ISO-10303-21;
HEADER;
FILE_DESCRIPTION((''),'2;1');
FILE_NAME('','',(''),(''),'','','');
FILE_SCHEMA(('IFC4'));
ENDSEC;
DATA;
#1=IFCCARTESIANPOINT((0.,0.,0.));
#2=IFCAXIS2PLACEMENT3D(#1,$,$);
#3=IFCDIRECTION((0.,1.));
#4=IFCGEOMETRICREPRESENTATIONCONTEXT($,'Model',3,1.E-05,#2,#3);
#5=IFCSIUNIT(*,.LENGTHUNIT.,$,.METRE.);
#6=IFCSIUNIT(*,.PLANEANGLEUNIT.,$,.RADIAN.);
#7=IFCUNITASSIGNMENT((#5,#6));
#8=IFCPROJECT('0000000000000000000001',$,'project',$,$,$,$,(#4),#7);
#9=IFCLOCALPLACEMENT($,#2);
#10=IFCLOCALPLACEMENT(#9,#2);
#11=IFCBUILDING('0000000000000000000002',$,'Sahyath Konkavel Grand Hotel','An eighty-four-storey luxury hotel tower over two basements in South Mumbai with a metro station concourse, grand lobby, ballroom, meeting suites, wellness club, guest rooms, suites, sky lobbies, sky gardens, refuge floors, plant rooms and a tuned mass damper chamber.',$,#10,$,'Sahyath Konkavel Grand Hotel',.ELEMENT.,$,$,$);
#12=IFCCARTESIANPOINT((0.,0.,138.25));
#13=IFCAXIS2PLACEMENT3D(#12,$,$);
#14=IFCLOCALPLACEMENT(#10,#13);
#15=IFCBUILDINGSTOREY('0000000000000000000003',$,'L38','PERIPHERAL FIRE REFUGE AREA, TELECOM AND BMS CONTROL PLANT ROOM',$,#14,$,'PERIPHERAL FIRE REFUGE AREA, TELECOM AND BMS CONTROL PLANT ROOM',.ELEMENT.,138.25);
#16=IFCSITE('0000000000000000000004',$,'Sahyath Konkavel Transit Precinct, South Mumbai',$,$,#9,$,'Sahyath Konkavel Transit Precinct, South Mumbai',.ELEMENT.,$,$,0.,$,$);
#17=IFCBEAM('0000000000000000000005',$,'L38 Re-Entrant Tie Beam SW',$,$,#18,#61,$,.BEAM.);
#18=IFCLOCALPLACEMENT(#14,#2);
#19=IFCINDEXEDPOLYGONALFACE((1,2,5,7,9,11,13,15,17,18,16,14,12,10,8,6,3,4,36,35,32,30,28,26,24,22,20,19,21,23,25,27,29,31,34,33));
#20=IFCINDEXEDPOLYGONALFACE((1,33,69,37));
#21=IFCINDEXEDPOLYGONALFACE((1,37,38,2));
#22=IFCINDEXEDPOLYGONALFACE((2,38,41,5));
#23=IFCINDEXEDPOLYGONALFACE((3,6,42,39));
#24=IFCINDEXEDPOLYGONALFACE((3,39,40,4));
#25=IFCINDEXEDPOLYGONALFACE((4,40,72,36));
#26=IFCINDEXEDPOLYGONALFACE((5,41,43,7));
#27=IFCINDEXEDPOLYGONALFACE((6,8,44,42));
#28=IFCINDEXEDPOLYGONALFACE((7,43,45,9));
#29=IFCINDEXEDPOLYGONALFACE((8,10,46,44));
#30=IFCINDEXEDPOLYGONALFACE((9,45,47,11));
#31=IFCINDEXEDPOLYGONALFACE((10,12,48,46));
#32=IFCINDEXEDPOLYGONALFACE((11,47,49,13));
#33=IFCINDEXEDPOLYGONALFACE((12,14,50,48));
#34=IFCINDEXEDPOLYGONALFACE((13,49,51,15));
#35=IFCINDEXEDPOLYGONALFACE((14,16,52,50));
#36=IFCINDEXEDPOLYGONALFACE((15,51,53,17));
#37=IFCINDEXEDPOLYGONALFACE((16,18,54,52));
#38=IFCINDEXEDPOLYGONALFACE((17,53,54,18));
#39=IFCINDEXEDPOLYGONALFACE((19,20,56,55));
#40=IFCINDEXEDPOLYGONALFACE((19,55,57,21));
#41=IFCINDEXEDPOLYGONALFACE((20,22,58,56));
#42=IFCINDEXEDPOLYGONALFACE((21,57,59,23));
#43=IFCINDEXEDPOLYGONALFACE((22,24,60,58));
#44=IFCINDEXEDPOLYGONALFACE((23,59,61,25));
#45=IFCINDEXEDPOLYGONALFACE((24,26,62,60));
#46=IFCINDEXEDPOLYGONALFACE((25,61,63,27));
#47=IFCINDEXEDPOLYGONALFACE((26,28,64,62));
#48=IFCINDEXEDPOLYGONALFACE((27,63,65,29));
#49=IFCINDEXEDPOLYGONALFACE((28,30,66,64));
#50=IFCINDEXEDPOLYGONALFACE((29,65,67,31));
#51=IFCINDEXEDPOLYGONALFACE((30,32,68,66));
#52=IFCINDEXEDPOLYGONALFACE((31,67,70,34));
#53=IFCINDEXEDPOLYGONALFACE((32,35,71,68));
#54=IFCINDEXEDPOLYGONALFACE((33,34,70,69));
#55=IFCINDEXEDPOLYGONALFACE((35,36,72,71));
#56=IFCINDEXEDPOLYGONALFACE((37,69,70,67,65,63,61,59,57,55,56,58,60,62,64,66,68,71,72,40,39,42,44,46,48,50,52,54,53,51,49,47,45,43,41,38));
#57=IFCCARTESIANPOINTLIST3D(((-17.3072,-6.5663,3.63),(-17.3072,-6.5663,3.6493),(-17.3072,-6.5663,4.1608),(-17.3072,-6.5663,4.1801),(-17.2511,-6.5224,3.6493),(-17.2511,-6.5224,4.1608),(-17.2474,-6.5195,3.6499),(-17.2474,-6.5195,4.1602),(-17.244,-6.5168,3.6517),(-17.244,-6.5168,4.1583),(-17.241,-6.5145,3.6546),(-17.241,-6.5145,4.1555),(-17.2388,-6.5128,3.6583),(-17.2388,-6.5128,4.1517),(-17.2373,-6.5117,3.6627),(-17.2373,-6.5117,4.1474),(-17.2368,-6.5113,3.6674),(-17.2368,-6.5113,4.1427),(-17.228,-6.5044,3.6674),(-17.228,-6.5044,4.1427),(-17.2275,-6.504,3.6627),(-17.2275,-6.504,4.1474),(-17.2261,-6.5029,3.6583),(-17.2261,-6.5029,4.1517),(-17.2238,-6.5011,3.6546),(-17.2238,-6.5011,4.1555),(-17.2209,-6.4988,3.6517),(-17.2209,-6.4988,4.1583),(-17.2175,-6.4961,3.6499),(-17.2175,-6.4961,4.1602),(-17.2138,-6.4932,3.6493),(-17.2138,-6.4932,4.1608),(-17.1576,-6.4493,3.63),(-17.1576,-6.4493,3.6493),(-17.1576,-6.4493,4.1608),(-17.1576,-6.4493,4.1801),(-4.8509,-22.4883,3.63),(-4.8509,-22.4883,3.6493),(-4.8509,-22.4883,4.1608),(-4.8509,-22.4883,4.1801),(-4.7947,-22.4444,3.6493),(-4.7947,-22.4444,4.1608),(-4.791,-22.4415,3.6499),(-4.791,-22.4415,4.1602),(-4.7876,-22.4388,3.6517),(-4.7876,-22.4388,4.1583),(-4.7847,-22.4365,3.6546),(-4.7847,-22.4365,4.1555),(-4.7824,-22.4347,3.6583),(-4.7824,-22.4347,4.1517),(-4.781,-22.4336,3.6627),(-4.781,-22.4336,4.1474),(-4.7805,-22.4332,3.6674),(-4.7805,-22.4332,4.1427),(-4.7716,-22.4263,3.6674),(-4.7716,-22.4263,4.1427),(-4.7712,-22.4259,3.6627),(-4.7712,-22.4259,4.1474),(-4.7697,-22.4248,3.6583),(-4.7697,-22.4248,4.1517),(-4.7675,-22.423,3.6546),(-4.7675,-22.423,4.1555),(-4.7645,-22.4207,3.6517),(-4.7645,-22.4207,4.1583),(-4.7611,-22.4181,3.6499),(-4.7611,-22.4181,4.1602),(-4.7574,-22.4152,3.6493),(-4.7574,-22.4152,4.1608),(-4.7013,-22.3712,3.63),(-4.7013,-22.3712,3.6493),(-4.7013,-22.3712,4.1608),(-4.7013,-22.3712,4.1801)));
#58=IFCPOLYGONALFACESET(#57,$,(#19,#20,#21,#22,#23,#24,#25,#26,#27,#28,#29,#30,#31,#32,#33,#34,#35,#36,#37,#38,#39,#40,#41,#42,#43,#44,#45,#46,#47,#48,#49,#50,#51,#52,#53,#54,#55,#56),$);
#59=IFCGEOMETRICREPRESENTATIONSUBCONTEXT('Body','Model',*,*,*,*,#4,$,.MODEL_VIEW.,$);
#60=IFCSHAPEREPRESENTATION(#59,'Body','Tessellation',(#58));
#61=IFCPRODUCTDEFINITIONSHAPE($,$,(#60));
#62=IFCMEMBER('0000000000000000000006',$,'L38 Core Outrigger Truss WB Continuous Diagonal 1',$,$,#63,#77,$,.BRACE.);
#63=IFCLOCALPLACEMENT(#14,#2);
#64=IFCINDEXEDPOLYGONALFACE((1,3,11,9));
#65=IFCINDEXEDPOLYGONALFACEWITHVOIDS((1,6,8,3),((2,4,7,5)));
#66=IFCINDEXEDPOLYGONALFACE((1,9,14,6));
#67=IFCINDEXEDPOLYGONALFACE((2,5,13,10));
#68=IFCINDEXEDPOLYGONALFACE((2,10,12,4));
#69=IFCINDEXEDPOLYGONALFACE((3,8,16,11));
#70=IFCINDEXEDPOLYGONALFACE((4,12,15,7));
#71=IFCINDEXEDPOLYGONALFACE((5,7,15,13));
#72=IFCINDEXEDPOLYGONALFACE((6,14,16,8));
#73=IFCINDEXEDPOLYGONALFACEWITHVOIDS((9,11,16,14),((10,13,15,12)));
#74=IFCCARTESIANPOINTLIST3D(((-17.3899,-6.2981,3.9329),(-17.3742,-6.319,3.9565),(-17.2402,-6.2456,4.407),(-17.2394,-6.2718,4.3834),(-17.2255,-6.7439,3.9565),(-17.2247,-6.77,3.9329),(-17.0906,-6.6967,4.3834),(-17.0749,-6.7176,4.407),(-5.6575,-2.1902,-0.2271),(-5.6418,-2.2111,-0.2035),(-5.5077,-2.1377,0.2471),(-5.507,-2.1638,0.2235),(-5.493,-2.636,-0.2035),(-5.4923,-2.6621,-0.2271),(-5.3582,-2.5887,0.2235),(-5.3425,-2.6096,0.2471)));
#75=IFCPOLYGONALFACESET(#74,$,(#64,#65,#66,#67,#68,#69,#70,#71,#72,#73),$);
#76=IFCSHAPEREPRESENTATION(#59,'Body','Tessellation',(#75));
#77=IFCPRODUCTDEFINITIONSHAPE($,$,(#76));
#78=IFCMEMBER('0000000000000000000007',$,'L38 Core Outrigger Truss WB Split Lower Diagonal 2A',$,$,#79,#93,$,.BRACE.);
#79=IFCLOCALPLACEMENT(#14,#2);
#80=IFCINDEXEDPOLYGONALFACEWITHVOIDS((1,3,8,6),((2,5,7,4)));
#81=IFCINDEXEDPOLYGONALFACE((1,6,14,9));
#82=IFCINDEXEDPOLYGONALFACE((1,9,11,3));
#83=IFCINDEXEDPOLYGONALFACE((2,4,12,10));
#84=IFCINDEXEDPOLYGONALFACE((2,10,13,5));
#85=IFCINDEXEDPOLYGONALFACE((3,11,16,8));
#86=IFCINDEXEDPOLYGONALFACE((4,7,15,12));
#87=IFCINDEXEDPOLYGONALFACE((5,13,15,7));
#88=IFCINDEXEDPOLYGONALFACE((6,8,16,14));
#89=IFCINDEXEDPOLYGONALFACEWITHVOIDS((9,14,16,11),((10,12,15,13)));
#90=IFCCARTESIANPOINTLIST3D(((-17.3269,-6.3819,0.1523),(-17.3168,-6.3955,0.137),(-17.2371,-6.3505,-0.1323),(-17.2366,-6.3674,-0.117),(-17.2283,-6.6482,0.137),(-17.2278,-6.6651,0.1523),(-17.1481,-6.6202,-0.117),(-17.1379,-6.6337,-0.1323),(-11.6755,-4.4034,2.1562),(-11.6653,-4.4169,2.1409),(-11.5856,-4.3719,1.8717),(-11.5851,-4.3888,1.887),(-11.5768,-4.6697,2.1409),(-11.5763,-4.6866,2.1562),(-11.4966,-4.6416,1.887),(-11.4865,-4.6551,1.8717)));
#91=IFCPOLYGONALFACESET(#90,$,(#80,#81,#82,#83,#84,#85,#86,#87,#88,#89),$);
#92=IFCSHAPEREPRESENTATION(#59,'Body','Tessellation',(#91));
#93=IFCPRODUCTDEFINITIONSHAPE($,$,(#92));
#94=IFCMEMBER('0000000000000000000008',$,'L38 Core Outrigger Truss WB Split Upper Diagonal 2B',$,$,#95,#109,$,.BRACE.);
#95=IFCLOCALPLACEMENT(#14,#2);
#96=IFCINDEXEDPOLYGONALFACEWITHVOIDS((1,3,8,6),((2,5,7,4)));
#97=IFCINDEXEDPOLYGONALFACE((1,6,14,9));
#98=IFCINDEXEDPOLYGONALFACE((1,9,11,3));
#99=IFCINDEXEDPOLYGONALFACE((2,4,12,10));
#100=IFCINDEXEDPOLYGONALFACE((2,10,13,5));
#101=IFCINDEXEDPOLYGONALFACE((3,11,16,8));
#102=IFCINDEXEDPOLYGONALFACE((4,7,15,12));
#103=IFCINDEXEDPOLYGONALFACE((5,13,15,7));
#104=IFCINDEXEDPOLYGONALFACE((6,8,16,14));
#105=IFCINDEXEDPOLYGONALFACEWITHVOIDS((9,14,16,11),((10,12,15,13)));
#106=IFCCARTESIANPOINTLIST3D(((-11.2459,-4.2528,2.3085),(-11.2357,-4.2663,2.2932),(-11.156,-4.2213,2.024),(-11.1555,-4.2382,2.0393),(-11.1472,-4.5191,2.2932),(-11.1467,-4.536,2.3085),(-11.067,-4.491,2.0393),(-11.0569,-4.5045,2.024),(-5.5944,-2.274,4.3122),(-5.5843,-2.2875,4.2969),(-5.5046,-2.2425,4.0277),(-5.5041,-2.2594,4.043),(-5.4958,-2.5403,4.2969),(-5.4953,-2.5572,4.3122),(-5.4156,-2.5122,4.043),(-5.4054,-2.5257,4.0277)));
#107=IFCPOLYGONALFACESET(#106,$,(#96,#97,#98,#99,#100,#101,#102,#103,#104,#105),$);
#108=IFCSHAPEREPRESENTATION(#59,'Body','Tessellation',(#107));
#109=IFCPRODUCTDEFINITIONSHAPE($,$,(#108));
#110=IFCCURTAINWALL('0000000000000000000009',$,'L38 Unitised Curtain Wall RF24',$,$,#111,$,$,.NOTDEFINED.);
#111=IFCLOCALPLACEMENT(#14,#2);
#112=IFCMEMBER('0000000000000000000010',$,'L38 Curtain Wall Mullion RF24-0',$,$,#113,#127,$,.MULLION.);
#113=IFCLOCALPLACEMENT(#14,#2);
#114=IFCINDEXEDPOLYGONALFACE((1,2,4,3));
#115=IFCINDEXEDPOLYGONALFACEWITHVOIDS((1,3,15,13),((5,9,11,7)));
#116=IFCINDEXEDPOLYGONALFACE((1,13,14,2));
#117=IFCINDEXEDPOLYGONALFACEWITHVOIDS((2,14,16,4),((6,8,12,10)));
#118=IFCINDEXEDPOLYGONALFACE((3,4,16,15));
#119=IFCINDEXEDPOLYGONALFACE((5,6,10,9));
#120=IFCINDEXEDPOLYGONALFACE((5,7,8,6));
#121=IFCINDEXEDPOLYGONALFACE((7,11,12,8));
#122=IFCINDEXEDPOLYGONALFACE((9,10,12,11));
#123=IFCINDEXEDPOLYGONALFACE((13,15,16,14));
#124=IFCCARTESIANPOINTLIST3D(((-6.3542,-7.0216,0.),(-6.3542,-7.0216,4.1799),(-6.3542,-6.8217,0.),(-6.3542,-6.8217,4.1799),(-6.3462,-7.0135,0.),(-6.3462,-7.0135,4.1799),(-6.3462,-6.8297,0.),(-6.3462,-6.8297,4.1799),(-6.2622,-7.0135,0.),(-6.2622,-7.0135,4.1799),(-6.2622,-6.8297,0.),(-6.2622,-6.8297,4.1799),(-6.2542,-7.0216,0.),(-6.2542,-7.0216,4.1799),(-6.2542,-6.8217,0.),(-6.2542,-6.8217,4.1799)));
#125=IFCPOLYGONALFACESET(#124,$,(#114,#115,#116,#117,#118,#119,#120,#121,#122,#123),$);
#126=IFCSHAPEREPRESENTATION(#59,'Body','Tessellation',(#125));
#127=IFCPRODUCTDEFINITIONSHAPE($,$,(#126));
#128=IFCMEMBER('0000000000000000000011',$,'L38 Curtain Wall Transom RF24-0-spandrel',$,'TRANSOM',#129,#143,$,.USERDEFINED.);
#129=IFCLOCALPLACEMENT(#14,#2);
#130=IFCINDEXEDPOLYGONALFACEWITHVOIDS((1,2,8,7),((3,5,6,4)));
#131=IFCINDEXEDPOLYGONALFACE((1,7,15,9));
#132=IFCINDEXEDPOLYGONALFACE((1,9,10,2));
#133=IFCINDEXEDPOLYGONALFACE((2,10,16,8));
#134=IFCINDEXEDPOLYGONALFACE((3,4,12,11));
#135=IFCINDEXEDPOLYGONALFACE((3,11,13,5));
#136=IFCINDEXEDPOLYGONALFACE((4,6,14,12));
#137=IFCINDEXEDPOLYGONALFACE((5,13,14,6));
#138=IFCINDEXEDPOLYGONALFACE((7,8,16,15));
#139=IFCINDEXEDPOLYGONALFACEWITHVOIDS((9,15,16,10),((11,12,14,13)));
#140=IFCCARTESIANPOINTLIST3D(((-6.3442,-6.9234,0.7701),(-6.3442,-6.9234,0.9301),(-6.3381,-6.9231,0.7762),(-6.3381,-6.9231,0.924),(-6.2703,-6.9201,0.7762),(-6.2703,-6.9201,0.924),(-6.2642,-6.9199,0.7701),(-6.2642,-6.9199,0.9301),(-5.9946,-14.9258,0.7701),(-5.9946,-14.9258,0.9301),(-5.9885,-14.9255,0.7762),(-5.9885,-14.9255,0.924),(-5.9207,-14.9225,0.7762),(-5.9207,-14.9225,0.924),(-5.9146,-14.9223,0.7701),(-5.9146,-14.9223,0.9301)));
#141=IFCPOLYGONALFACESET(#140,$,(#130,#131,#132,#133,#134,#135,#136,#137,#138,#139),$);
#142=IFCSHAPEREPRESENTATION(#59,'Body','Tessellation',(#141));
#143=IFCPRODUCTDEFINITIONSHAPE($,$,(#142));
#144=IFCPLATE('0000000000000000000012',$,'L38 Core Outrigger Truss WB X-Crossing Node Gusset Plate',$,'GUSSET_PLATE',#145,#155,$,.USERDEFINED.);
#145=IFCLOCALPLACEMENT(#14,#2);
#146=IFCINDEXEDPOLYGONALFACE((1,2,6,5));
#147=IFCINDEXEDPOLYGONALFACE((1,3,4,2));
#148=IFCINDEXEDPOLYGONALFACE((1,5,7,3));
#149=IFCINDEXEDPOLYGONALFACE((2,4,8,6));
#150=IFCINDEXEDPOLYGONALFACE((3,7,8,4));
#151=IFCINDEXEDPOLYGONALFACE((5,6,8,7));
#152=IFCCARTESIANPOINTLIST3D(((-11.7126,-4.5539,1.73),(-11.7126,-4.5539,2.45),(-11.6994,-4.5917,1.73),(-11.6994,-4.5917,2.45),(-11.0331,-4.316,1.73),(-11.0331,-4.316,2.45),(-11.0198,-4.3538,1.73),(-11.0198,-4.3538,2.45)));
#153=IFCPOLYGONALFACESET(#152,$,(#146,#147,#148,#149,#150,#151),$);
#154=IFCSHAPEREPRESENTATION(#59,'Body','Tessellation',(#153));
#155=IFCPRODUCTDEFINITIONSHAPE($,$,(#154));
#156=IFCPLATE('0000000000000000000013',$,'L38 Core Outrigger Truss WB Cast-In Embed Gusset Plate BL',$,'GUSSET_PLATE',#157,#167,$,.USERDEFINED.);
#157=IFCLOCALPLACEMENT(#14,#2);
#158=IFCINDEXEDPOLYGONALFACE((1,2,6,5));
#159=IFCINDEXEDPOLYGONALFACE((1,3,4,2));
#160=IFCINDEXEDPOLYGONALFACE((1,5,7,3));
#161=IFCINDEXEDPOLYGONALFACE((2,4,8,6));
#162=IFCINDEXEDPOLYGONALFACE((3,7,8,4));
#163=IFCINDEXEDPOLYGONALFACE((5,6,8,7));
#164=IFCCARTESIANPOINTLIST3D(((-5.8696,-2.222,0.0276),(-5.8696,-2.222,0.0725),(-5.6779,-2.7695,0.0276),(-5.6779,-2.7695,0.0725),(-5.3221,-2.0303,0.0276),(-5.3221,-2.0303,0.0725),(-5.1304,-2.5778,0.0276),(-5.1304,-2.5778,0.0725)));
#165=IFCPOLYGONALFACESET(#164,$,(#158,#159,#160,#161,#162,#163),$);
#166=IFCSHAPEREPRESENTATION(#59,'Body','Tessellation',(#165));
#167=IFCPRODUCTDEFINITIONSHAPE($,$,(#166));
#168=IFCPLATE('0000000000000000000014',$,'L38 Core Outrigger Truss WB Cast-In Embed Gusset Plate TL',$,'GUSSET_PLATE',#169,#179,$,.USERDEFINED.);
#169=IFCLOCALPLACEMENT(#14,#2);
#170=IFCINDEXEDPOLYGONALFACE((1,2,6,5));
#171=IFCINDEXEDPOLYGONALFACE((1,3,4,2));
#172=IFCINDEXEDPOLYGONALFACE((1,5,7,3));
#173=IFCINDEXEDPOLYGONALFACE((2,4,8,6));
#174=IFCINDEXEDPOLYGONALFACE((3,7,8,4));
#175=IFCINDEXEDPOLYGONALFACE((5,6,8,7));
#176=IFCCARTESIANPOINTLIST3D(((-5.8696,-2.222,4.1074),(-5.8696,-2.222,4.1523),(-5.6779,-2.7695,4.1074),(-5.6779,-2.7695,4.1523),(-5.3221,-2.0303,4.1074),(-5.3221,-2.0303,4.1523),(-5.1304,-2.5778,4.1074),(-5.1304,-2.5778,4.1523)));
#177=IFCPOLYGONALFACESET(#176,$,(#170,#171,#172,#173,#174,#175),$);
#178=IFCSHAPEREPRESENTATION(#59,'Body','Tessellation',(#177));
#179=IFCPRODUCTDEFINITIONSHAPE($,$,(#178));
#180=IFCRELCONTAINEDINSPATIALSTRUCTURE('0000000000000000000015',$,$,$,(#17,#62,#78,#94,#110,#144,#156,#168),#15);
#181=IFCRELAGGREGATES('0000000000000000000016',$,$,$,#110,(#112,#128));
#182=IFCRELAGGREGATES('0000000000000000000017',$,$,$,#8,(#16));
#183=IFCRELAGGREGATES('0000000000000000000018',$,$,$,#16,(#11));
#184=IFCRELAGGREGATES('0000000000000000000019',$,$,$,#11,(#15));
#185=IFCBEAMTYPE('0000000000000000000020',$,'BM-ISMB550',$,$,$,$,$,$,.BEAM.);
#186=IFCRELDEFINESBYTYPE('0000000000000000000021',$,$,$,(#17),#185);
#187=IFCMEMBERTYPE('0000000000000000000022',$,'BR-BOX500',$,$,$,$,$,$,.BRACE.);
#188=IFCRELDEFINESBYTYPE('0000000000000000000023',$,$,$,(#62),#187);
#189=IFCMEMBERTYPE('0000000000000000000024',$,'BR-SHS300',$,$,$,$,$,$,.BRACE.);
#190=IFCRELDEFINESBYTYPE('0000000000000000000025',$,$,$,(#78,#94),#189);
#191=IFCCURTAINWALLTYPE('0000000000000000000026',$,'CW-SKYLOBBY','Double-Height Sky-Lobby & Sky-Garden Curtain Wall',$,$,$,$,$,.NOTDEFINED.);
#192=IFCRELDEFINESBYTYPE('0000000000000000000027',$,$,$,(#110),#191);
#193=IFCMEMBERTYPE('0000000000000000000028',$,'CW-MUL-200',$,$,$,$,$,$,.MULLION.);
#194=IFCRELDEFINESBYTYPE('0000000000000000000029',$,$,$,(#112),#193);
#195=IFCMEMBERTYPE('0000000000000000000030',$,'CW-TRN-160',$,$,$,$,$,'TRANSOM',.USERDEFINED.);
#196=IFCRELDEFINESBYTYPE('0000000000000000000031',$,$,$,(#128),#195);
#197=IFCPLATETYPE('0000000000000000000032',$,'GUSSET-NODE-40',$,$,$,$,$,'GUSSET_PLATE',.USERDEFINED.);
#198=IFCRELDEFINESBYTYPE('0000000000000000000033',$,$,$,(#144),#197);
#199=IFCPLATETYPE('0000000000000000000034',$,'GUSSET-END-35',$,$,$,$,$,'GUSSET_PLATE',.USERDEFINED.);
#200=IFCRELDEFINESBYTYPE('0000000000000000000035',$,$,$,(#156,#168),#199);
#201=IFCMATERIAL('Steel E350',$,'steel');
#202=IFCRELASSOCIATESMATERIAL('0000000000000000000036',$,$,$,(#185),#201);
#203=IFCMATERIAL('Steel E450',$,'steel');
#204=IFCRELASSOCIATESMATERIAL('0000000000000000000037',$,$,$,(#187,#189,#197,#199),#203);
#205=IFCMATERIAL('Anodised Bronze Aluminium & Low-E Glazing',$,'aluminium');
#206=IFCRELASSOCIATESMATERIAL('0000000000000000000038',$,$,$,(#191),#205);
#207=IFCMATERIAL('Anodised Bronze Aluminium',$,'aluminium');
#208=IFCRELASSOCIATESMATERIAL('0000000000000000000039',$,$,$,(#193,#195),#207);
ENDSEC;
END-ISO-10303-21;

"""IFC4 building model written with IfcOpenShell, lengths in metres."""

from ifc_helpers import new_model, si_unit, direction, frame, origin, origin_2d, place, context, subcontext, project, spatial, rectangle, hollow_rectangle, i_section, extrude, source, transform, mapped, material, material_profile, profile_set, type_object, element, aggregate, save


model = new_model("IFC4")

# Units and contexts
model_context = context("Model", 3, precision=1e-05, world=origin(), true_north=direction((0.0, 1.0)))
body_context = subcontext(model_context, "Body", "Model", "MODEL_VIEW")
ifc_project = project(units=[si_unit("LENGTHUNIT", "METRE"), si_unit("PLANEANGLEUNIT", "RADIAN")], contexts=[model_context])

# Site, building, storey
site_placement = place(None, origin())
site = spatial("IfcSite", under=ifc_project, at=site_placement, Name="Sahyath Konkavel Transit Precinct, South Mumbai", LongName="Sahyath Konkavel Transit Precinct, South Mumbai", CompositionType="ELEMENT", RefElevation=0.0)
building_placement = place(site_placement, origin())
building = spatial("IfcBuilding", under=site, at=building_placement, Name="Sahyath Konkavel Grand Hotel", Description="An eighty-four-storey luxury hotel tower over two basements in South Mumbai with a metro station concourse, grand lobby, ballroom, meeting suites, wellness club, guest rooms, suites, sky lobbies, sky gardens, refuge floors, plant rooms and a tuned mass damper chamber.", LongName="Sahyath Konkavel Grand Hotel", CompositionType="ELEMENT")
storey_placement = place(building_placement, frame((0.0, 0.0, 138.25)))
storey = spatial("IfcBuildingStorey", under=building, at=storey_placement, Name="L38", Description="PERIPHERAL FIRE REFUGE AREA, TELECOM AND BMS CONTROL PLANT ROOM", LongName="PERIPHERAL FIRE REFUGE AREA, TELECOM AND BMS CONTROL PLANT ROOM", CompositionType="ELEMENT", Elevation=138.25)

# Shared definitions
ifc_material_1 = material(Name="Steel E450", Category="steel")

# Beam
ifc_material_2 = material(Name="Steel E350", Category="steel")
ifc_material_profile_1 = material_profile(ifc_material_2, i_section(OverallWidth=0.1899, OverallDepth=0.55, WebThickness=0.0112, FlangeThickness=0.0193, FilletRadius=0.0181, at=origin_2d()), Name="ISMB 550")
ifc_profile_set_1 = profile_set([ifc_material_profile_1], Name="Steel E350")
beam_type_1 = type_object("IfcBeamType", Name="BM-ISMB550", PredefinedType="BEAM", material=ifc_profile_set_1)
shared_shape_1 = source(origin(), body_context, "Body", "SweptSolid", [
    extrude(i_section(OverallWidth=0.1899, OverallDepth=0.55, WebThickness=0.0112, FlangeThickness=0.0193, FilletRadius=0.0181, at=origin_2d()), origin(), (0.0, 0.0, 1.0), 20.2156),
])
beam_1_placement = place(storey_placement, frame((-17.2324, -6.5078, 3.905), z_axis=(0.616176, -0.787608, 0.0), x_axis=(0.787608, 0.616176, 0.0)))
element("IfcBeam", 1, at=beam_1_placement, inside=storey, type_object=beam_type_1, Name="L38 Re-Entrant Tie Beam SW", PredefinedType="BEAM", context=body_context, shape_type="MappedRepresentation", body=[
    mapped(shared_shape_1, transform((0.0, 0.0, 0.0), scale=1.0)),
])

# Members
ifc_material_profile_2 = material_profile(ifc_material_1, hollow_rectangle(XDim=0.5, YDim=0.5, WallThickness=0.0249, at=origin_2d()), Name="BOX 500x500x25")
ifc_profile_set_2 = profile_set([ifc_material_profile_2], Name="Steel E450")
member_type_1 = type_object("IfcMemberType", Name="BR-BOX500", PredefinedType="BRACE", material=ifc_profile_set_2)
shared_shape_2 = source(origin(), body_context, "Body", "SweptSolid", [
    extrude(hollow_rectangle(XDim=0.5, YDim=0.5, WallThickness=0.0249, at=origin_2d()), origin(), (0.0, 0.0, 1.0), 13.1084),
])
member_1_placement = place(storey_placement, frame((-5.5, -2.3999, 0.01), z_axis=(-0.895032, -0.313381, 0.317348), x_axis=(0.330462, -0.943819, 0.0)))
element("IfcMember", 2, at=member_1_placement, inside=storey, type_object=member_type_1, Name="L38 Core Outrigger Truss WB Continuous Diagonal 1", PredefinedType="BRACE", context=body_context, shape_type="MappedRepresentation", body=[
    mapped(shared_shape_2, transform((0.0, 0.0, 0.0), scale=1.0)),
])
ifc_material_profile_3 = material_profile(ifc_material_1, hollow_rectangle(XDim=0.3, YDim=0.3, WallThickness=0.0161, at=origin_2d()), Name="SHS 300x300x16")
ifc_profile_set_3 = profile_set([ifc_material_profile_3], Name="Steel E450")
member_type_2 = type_object("IfcMemberType", Name="BR-SHS300", PredefinedType="BRACE", material=ifc_profile_set_3)
shared_shape_3 = source(origin(), body_context, "Body", "SweptSolid", [
    extrude(hollow_rectangle(XDim=0.3, YDim=0.3, WallThickness=0.0161, at=origin_2d()), origin(), (0.0, 0.0, 1.0), 6.3142),
])
for number, where, z_axis, x_axis, name in (
    (3, (-17.2324, -6.5078, 0.01), (0.895036, 0.313348, 0.317369), (-0.33043, 0.94383, 0.0), "L38 Core Outrigger Truss WB Split Lower Diagonal 2A"),
    (4, (-11.1514, -4.3787, 2.1663), (0.895036, 0.313387, 0.31733), (-0.330467, 0.943818, 0.0), "L38 Core Outrigger Truss WB Split Upper Diagonal 2B"),
):
    element("IfcMember", number, at=place(storey_placement, frame(where, z_axis=z_axis, x_axis=x_axis)), inside=storey, type_object=member_type_2, Name=name, PredefinedType="BRACE", context=body_context, shape_type="MappedRepresentation", body=[
        mapped(shared_shape_3, transform((0.0, 0.0, 0.0), scale=1.0)),
    ])

# Curtain wall, members
ifc_material_3 = material(Name="Anodised Bronze Aluminium & Low-E Glazing", Category="aluminium")
curtain_wall_type = type_object("IfcCurtainWallType", Name="CW-SKYLOBBY", Description="Double-Height Sky-Lobby & Sky-Garden Curtain Wall", PredefinedType="NOTDEFINED", material=ifc_material_3)
curtain_wall_placement = place(storey_placement, origin())
curtain_wall = element("IfcCurtainWall", 5, at=curtain_wall_placement, inside=storey, type_object=curtain_wall_type, Name="L38 Unitised Curtain Wall RF24", PredefinedType="NOTDEFINED")
ifc_material_4 = material(Name="Anodised Bronze Aluminium", Category="aluminium")
ifc_material_profile_4 = material_profile(ifc_material_4, hollow_rectangle(XDim=0.1001, YDim=0.2, WallThickness=0.0081, at=origin_2d()), Name="RHS 200x100x8")
ifc_profile_set_4 = profile_set([ifc_material_profile_4], Name="Anodised Bronze Aluminium")
member_type_3 = type_object("IfcMemberType", Name="CW-MUL-200", PredefinedType="MULLION", material=ifc_profile_set_4)
shared_shape_4 = source(origin(), body_context, "Body", "SweptSolid", [
    extrude(hollow_rectangle(XDim=0.1001, YDim=0.2, WallThickness=0.0081, at=origin_2d()), origin(), (0.0, 0.0, 1.0), 4.1799),
])
member_2_placement = place(storey_placement, frame((-6.3042, -6.9216, 0.0), z_axis=(0.0, 0.0, 1.0), x_axis=(1.0, 0.0, 0.0)))
member_2 = element("IfcMember", 6, at=member_2_placement, type_object=member_type_3, Name="L38 Curtain Wall Mullion RF24-0", PredefinedType="MULLION", context=body_context, shape_type="MappedRepresentation", body=[
    mapped(shared_shape_4, transform((0.0, 0.0, 0.0), scale=1.0)),
])
ifc_material_profile_5 = material_profile(ifc_material_4, hollow_rectangle(XDim=0.0801, YDim=0.1599, WallThickness=0.0061, at=origin_2d()), Name="RHS 160x80x6")
ifc_profile_set_5 = profile_set([ifc_material_profile_5], Name="Anodised Bronze Aluminium")
member_type_4 = type_object("IfcMemberType", Name="CW-TRN-160", ElementType="TRANSOM", PredefinedType="USERDEFINED", material=ifc_profile_set_5)
shared_shape_5 = source(origin(), body_context, "Body", "SweptSolid", [
    extrude(hollow_rectangle(XDim=0.0801, YDim=0.1599, WallThickness=0.0061, at=origin_2d()), origin(), (0.0, 0.0, 1.0), 8.01),
])
member_3_placement = place(storey_placement, frame((-6.3042, -6.9216, 0.8501), z_axis=(0.043646, -0.999047, 0.0), x_axis=(0.999047, 0.043646, 0.0)))
member_3 = element("IfcMember", 7, at=member_3_placement, type_object=member_type_4, Name="L38 Curtain Wall Transom RF24-0-spandrel", ObjectType="TRANSOM", PredefinedType="USERDEFINED", context=body_context, shape_type="MappedRepresentation", body=[
    mapped(shared_shape_5, transform((0.0, 0.0, 0.0), scale=1.0)),
])
aggregate(curtain_wall, [member_2, member_3])

# Plates
plate_type_1 = type_object("IfcPlateType", Name="GUSSET-NODE-40", ElementType="GUSSET_PLATE", PredefinedType="USERDEFINED", material=ifc_material_1)
shared_shape_6 = source(origin(), body_context, "Body", "SweptSolid", [
    extrude(rectangle(XDim=0.72, YDim=0.04, at=origin_2d()), origin(), (0.0, 0.0, 1.0), 0.72),
])
plate_1_placement = place(storey_placement, frame((-11.3662, -4.4539, 1.73), z_axis=(0.0, 0.0, 1.0), x_axis=(-0.943818, -0.330465, 0.0)))
element("IfcPlate", 8, at=plate_1_placement, inside=storey, type_object=plate_type_1, Name="L38 Core Outrigger Truss WB X-Crossing Node Gusset Plate", ObjectType="GUSSET_PLATE", PredefinedType="USERDEFINED", context=body_context, shape_type="MappedRepresentation", body=[
    mapped(shared_shape_6, transform((0.0, 0.0, 0.0), scale=1.0)),
])
plate_type_2 = type_object("IfcPlateType", Name="GUSSET-END-35", ElementType="GUSSET_PLATE", PredefinedType="USERDEFINED", material=ifc_material_1)
shared_shape_7 = source(origin(), body_context, "Body", "SweptSolid", [
    extrude(rectangle(XDim=0.5801, YDim=0.5801, at=origin_2d()), origin(), (0.0, 0.0, 1.0), 0.0449),
])
for number, where, z_axis, x_axis, name in (
    (9, (-5.5, -2.3999, 0.0276), (0.0, 0.0, 1.0), (-0.943818, -0.330465, 0.0), "L38 Core Outrigger Truss WB Cast-In Embed Gusset Plate BL"),
    (10, (-5.5, -2.3999, 4.1074), (0.0, 0.0, 1.0), (-0.943818, -0.330465, 0.0), "L38 Core Outrigger Truss WB Cast-In Embed Gusset Plate TL"),
):
    element("IfcPlate", number, at=place(storey_placement, frame(where, z_axis=z_axis, x_axis=x_axis)), inside=storey, type_object=plate_type_2, Name=name, ObjectType="GUSSET_PLATE", PredefinedType="USERDEFINED", context=body_context, shape_type="MappedRepresentation", body=[
        mapped(shared_shape_7, transform((0.0, 0.0, 0.0), scale=1.0)),
    ])

save(model, "model.ifc")
